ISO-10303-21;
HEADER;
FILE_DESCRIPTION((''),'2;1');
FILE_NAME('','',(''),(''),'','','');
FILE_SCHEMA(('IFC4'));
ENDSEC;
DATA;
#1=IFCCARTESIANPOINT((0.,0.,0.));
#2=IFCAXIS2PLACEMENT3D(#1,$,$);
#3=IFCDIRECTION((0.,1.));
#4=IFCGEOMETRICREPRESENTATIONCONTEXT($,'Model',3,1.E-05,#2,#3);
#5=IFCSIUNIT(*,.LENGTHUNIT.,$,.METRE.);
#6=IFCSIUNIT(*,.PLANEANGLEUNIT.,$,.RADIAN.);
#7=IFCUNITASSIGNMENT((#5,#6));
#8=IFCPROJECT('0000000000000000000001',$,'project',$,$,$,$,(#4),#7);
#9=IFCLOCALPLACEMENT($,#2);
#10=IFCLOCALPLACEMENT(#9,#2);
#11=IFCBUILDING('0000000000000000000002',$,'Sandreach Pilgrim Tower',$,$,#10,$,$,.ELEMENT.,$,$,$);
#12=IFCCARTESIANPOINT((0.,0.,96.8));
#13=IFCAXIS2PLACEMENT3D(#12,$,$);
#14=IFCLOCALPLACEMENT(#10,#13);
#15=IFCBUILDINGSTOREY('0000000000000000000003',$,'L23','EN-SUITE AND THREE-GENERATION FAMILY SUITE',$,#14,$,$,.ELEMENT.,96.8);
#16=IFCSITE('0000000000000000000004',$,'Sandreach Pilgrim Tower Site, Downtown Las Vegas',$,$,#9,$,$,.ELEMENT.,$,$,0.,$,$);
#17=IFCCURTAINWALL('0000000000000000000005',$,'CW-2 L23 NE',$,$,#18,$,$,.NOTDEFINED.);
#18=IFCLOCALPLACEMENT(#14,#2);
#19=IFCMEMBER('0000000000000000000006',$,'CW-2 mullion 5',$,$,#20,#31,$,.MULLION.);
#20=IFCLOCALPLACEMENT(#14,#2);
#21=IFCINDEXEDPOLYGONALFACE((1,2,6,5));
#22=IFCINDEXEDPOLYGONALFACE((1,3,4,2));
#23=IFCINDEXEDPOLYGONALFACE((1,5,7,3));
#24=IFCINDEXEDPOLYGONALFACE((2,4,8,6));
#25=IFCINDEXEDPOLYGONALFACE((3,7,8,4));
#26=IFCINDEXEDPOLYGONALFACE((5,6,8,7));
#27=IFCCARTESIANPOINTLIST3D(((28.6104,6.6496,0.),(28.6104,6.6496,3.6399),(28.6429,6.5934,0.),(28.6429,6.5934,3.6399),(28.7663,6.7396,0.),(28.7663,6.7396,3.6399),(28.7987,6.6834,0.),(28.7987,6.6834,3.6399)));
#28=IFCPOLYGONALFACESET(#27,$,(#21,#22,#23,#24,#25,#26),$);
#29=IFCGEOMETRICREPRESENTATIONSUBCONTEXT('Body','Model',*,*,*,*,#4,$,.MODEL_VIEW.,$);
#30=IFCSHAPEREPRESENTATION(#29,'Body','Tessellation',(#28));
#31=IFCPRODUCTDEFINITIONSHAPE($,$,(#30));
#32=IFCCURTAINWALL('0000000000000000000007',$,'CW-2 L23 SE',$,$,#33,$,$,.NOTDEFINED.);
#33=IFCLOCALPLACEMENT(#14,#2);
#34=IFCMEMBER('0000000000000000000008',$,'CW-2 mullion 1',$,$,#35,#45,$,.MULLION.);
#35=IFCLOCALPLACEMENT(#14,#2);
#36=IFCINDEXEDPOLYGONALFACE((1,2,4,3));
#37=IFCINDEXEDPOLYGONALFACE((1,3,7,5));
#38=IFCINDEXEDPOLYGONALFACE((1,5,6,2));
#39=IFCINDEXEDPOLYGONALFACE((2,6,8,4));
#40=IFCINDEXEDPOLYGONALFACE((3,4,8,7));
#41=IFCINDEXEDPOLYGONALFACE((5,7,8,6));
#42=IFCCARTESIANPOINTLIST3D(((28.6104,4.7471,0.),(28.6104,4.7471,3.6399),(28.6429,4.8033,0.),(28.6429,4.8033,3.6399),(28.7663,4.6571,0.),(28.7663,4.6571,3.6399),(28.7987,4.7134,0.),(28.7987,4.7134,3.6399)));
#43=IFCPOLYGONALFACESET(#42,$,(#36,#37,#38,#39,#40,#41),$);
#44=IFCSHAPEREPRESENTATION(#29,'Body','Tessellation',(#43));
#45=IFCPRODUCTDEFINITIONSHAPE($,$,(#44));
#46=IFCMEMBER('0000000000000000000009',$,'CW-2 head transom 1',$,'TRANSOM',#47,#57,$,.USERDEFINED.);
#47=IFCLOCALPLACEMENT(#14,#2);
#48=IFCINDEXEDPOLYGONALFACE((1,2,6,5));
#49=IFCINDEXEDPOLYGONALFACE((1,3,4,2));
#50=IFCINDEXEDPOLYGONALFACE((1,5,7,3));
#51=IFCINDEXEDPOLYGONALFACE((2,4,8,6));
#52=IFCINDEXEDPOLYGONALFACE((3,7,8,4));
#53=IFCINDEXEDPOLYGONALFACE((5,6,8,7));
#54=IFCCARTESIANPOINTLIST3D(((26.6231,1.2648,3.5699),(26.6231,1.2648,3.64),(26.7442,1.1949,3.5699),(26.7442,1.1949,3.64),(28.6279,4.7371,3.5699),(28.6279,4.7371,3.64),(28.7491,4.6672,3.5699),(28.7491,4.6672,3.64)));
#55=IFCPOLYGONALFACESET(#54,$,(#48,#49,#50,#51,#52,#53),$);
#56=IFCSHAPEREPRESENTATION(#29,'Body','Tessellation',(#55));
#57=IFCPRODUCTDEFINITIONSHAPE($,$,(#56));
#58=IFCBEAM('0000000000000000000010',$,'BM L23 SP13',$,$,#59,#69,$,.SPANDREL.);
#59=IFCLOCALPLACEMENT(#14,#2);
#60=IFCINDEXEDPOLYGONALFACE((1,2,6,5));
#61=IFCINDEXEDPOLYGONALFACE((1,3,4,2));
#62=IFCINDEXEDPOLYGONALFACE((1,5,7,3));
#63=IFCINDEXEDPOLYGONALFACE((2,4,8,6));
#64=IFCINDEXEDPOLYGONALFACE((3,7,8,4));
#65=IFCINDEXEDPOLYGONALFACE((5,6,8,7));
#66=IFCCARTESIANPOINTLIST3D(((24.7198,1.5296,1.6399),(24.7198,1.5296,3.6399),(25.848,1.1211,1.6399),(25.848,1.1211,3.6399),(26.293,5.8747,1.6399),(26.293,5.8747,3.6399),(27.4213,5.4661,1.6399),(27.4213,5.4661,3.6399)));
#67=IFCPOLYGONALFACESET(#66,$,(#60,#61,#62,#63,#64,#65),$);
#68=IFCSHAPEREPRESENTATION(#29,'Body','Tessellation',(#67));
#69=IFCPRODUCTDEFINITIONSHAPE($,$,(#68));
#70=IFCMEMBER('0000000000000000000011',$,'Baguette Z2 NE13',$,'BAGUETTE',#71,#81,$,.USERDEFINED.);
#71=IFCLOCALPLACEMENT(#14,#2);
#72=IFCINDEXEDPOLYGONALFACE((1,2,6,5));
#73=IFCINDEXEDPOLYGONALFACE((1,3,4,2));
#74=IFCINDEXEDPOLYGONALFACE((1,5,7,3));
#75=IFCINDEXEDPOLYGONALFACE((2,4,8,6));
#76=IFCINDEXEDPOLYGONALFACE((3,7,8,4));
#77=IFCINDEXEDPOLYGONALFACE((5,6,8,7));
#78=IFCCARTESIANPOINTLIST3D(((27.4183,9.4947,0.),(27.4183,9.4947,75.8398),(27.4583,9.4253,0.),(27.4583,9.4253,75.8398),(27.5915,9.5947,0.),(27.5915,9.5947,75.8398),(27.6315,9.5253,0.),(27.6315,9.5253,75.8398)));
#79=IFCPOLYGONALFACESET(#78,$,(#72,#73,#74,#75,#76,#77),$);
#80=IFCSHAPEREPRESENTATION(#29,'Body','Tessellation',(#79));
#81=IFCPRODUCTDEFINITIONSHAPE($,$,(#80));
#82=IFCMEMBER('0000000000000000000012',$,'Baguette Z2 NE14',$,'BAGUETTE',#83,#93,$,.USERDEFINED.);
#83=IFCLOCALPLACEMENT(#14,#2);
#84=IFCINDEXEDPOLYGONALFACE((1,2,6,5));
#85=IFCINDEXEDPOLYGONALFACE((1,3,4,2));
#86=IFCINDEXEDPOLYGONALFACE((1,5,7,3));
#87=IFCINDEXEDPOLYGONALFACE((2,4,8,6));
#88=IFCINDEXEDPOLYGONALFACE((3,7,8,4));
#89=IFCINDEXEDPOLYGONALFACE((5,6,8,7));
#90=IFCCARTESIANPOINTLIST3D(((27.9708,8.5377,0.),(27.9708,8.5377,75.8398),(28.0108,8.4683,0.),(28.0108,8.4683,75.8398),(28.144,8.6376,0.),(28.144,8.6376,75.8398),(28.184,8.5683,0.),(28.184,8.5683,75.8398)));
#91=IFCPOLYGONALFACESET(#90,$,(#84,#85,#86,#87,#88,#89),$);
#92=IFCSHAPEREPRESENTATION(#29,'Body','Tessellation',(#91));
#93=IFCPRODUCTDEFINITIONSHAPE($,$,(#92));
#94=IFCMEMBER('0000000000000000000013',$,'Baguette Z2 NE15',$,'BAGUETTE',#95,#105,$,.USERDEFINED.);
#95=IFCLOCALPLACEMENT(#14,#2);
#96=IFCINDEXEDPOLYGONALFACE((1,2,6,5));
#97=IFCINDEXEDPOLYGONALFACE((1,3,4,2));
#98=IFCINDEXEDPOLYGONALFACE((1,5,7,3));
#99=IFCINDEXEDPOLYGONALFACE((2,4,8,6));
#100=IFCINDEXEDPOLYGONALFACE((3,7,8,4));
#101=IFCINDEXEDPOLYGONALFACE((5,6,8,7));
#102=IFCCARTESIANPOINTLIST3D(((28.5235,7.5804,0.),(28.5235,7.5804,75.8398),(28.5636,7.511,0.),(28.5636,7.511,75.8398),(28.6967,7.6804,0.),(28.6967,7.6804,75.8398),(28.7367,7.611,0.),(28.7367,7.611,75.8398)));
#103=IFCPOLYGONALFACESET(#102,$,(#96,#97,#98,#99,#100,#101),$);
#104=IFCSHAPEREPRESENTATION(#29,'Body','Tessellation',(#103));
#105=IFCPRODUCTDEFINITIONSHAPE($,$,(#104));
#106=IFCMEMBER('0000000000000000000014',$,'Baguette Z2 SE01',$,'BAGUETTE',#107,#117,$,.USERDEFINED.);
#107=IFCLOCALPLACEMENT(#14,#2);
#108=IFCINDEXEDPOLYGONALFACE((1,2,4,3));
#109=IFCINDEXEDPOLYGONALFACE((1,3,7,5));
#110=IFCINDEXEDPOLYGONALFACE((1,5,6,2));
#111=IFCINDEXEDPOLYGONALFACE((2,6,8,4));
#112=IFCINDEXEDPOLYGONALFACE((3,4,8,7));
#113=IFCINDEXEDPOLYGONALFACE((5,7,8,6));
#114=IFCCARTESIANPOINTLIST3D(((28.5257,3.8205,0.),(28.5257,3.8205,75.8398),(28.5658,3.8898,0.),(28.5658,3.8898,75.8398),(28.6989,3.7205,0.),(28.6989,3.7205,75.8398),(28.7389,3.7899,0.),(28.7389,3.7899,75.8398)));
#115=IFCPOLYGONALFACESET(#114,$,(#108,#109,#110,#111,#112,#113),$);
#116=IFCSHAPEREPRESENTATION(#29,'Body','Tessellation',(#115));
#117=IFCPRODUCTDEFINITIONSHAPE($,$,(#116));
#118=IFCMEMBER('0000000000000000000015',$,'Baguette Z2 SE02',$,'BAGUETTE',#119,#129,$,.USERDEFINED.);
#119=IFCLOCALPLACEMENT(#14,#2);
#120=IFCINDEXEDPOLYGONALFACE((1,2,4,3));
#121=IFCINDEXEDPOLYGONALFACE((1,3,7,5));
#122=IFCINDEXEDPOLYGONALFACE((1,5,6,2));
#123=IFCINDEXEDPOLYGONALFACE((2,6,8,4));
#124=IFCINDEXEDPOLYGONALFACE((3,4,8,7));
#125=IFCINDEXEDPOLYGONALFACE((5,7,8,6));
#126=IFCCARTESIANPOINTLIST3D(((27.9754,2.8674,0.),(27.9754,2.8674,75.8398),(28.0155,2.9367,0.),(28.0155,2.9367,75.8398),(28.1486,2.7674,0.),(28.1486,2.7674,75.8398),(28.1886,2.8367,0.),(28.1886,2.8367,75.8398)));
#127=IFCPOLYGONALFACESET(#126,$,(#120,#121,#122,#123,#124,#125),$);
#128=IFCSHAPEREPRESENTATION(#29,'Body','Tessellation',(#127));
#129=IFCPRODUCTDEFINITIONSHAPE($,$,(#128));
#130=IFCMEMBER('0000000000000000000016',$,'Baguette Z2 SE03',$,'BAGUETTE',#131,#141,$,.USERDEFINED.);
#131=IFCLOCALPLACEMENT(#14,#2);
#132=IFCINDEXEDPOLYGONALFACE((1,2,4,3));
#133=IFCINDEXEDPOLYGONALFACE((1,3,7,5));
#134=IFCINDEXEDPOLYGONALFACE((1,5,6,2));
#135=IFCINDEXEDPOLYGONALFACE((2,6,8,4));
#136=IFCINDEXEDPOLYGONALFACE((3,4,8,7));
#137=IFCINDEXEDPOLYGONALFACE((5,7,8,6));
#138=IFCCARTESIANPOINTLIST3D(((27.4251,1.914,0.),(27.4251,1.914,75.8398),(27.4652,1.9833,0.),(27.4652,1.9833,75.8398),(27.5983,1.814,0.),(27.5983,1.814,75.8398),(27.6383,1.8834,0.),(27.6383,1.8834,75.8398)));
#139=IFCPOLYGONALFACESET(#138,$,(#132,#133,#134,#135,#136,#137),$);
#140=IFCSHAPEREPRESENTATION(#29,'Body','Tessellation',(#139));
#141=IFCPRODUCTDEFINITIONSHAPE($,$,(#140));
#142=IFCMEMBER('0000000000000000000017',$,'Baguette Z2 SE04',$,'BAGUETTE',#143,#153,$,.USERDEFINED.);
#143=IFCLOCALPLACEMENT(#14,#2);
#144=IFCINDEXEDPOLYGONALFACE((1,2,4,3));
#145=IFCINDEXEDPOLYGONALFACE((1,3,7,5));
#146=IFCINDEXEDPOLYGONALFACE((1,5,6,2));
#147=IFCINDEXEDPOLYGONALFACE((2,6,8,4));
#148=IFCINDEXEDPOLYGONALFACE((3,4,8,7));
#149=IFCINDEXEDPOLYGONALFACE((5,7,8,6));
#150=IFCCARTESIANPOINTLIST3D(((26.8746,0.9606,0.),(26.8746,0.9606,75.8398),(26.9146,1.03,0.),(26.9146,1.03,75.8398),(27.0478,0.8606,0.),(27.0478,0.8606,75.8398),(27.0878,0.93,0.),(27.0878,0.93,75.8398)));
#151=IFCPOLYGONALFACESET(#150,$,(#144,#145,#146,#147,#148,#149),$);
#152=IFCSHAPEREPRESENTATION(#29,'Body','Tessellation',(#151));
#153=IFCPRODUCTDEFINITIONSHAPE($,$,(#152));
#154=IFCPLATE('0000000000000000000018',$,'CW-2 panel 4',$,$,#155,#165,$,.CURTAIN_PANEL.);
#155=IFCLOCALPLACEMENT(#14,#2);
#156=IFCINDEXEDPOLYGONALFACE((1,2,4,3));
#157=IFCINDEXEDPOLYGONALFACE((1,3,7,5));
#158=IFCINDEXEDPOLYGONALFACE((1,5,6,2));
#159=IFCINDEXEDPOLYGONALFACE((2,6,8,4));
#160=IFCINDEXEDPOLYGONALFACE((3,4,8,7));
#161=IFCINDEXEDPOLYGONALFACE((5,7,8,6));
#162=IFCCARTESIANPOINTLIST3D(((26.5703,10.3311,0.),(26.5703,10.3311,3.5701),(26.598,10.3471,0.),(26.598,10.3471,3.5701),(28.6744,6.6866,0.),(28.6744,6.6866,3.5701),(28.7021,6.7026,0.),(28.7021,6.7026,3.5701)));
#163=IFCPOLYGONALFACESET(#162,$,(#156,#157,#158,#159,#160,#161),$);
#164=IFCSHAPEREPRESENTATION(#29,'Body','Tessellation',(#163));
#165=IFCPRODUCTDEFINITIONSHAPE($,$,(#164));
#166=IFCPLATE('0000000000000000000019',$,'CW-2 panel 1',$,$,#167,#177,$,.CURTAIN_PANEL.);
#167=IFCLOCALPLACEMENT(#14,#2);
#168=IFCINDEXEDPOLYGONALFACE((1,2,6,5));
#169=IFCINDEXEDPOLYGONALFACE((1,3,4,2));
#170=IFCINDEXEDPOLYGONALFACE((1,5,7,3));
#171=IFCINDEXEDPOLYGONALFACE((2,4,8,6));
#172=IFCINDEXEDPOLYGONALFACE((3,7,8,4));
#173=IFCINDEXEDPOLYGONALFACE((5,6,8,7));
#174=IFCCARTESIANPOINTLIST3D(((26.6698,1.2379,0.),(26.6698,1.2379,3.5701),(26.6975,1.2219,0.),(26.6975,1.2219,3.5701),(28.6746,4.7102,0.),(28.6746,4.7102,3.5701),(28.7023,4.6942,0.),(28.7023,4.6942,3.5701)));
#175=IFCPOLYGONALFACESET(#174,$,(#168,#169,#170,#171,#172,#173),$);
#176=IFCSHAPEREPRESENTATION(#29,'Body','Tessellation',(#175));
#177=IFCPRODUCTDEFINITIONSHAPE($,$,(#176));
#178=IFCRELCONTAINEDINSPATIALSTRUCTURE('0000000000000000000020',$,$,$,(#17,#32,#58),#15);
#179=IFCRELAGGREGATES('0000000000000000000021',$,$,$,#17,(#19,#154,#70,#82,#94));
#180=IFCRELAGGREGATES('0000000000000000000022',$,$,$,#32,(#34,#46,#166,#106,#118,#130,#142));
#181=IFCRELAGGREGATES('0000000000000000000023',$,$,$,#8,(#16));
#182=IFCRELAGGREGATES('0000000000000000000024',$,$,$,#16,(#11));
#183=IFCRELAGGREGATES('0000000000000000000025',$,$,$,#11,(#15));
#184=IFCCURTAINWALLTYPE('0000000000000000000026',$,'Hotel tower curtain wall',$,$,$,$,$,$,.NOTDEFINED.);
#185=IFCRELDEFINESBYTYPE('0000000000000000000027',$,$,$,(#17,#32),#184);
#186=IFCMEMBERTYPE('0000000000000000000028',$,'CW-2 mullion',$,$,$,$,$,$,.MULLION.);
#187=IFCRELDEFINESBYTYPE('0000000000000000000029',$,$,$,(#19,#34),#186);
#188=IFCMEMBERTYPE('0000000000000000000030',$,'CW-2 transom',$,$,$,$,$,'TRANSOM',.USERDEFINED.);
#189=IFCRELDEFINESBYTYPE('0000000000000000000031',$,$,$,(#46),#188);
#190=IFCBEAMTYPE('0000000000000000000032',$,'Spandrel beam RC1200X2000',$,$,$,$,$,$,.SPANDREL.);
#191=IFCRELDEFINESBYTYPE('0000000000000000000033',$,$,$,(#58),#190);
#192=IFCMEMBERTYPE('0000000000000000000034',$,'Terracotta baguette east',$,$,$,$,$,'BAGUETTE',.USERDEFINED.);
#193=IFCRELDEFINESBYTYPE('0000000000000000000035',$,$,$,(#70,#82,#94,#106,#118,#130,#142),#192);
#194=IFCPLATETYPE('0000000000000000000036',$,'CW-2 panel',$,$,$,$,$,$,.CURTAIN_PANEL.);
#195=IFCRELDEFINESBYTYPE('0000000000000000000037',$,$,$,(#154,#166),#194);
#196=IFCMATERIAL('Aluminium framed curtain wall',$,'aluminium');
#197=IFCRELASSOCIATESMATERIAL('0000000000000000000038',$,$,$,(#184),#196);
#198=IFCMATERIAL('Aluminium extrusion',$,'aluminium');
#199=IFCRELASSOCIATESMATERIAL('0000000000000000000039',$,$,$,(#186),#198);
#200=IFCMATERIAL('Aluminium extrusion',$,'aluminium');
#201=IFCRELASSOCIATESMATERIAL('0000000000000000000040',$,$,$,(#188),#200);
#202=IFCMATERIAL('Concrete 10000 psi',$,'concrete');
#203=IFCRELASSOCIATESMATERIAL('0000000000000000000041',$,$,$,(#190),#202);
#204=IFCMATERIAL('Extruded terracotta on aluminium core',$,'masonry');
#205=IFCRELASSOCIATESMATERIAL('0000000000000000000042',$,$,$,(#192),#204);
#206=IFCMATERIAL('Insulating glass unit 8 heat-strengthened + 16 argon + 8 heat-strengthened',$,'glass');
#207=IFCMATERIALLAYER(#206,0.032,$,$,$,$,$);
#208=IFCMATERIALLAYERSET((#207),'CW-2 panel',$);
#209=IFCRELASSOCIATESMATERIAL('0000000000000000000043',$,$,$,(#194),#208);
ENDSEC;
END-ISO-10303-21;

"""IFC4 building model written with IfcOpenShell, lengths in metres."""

from ifc_helpers import new_model, si_unit, direction, frame, origin, origin_2d, place, context, subcontext, project, spatial, rectangle, extrude, material, layer, layer_set, material_profile, profile_set, type_object, element, aggregate, save


model = new_model("IFC4")

# Units and contexts
model_context = context("Model", 3, precision=1e-05, world=origin(), true_north=direction((0.0, 1.0)))
body_context = subcontext(model_context, "Body", "Model", "MODEL_VIEW")
ifc_project = project(units=[si_unit("LENGTHUNIT", "METRE"), si_unit("PLANEANGLEUNIT", "RADIAN")], contexts=[model_context])

# Site, building, storey
site_placement = place(None, origin())
site = spatial("IfcSite", under=ifc_project, at=site_placement, Name="Sandreach Pilgrim Tower Site, Downtown Las Vegas", CompositionType="ELEMENT", RefElevation=0.0)
building_placement = place(site_placement, origin())
building = spatial("IfcBuilding", under=site, at=building_placement, Name="Sandreach Pilgrim Tower", CompositionType="ELEMENT")
storey_placement = place(building_placement, frame((0.0, 0.0, 96.8)))
storey = spatial("IfcBuildingStorey", under=building, at=storey_placement, Name="L23", Description="EN-SUITE AND THREE-GENERATION FAMILY SUITE", CompositionType="ELEMENT", Elevation=96.8)

# Curtain wall, member
ifc_material_1 = material(Name="Aluminium framed curtain wall", Category="aluminium")
curtain_wall_type = type_object("IfcCurtainWallType", Name="Hotel tower curtain wall", PredefinedType="NOTDEFINED", material=ifc_material_1)
curtain_wall_1_placement = place(storey_placement, origin())
curtain_wall_1 = element("IfcCurtainWall", 1, at=curtain_wall_1_placement, inside=storey, type_object=curtain_wall_type, Name="CW-2 L23 NE", PredefinedType="NOTDEFINED")
ifc_material_2 = material(Name="Aluminium extrusion", Category="aluminium")
ifc_material_profile_1 = material_profile(ifc_material_2, rectangle(XDim=0.0649, YDim=0.1799, at=origin_2d()), Name="CW-2M 65X180")
ifc_profile_set_1 = profile_set([ifc_material_profile_1], Name="Aluminium extrusion")
member_type_1 = type_object("IfcMemberType", Name="CW-2 mullion", PredefinedType="MULLION", material=ifc_profile_set_1)
member_1_placement = place(storey_placement, frame((28.7046, 6.6665, 0.0), z_axis=(0.0, 0.0, 1.0), x_axis=(0.5, -0.866025, 0.0)))
member_1 = element("IfcMember", 2, at=member_1_placement, type_object=member_type_1, Name="CW-2 mullion 5", PredefinedType="MULLION", context=body_context, shape_type="SweptSolid", body=[
    extrude(rectangle(XDim=0.0649, YDim=0.1799, at=origin_2d()), origin(), (0.0, 0.0, 1.0), 3.6399),
])

# Curtain wall, members
curtain_wall_2_placement = place(storey_placement, origin())
curtain_wall_2 = element("IfcCurtainWall", 3, at=curtain_wall_2_placement, inside=storey, type_object=curtain_wall_type, Name="CW-2 L23 SE", PredefinedType="NOTDEFINED")
member_2_placement = place(storey_placement, frame((28.7046, 4.7302, 0.0), z_axis=(0.0, 0.0, 1.0), x_axis=(-0.5, -0.866025, 0.0)))
member_2 = element("IfcMember", 4, at=member_2_placement, type_object=member_type_1, Name="CW-2 mullion 1", PredefinedType="MULLION", context=body_context, shape_type="SweptSolid", body=[
    extrude(rectangle(XDim=0.0649, YDim=0.1799, at=origin_2d()), origin(), (0.0, 0.0, 1.0), 3.6399),
])
ifc_material_3 = material(Name="Aluminium extrusion", Category="aluminium")
ifc_material_profile_2 = material_profile(ifc_material_3, rectangle(XDim=0.1399, YDim=0.0701, at=origin_2d()), Name="CW-2T 140X70")
ifc_profile_set_2 = profile_set([ifc_material_profile_2], Name="Aluminium extrusion")
member_type_2 = type_object("IfcMemberType", Name="CW-2 transom", ElementType="TRANSOM", PredefinedType="USERDEFINED", material=ifc_profile_set_2)
member_3_placement = place(storey_placement, frame((28.6885, 4.7021, 3.605), z_axis=(-0.500016, -0.866016, 0.0), x_axis=(0.866016, -0.500016, 0.0)))
member_3 = element("IfcMember", 5, at=member_3_placement, type_object=member_type_2, Name="CW-2 head transom 1", ObjectType="TRANSOM", PredefinedType="USERDEFINED", context=body_context, shape_type="SweptSolid", body=[
    extrude(rectangle(XDim=0.1399, YDim=0.0701, at=origin_2d()), origin(), (0.0, 0.0, 1.0), 4.0095),
])

# Beam
ifc_material_4 = material(Name="Concrete 10000 psi", Category="concrete")
ifc_material_profile_3 = material_profile(ifc_material_4, rectangle(XDim=1.2, YDim=2.0, at=origin_2d()), Name="RC1200X2000")
ifc_profile_set_3 = profile_set([ifc_material_profile_3], Name="Concrete 10000 psi")
beam_type = type_object("IfcBeamType", Name="Spandrel beam RC1200X2000", PredefinedType="SPANDREL", material=ifc_profile_set_3)
beam_placement = place(storey_placement, frame((26.8572, 5.6704, 2.6399), z_axis=(-0.340453, -0.940261, 0.0), x_axis=(0.940261, -0.340453, 0.0)))
element("IfcBeam", 6, at=beam_placement, inside=storey, type_object=beam_type, Name="BM L23 SP13", PredefinedType="SPANDREL", context=body_context, shape_type="SweptSolid", body=[
    extrude(rectangle(XDim=1.2, YDim=2.0, at=origin_2d()), origin(), (0.0, 0.0, 1.0), 4.6211),
])

# Members
ifc_material_5 = material(Name="Extruded terracotta on aluminium core", Category="masonry")
ifc_material_profile_4 = material_profile(ifc_material_5, rectangle(XDim=0.0801, YDim=0.2, at=origin_2d()), Name="TBE 80X200")
ifc_profile_set_4 = profile_set([ifc_material_profile_4], Name="Extruded terracotta on aluminium core")
member_type_3 = type_object("IfcMemberType", Name="Terracotta baguette east", ElementType="BAGUETTE", PredefinedType="USERDEFINED", material=ifc_profile_set_4)
member_4_placement = place(storey_placement, frame((27.5249, 9.51, 0.0), z_axis=(0.0, 0.0, 1.0), x_axis=(0.5, -0.866025, 0.0)))
member_4 = element("IfcMember", 7, at=member_4_placement, type_object=member_type_3, Name="Baguette Z2 NE13", ObjectType="BAGUETTE", PredefinedType="USERDEFINED", context=body_context, shape_type="SweptSolid", body=[
    extrude(rectangle(XDim=0.0801, YDim=0.2, at=origin_2d()), origin(), (0.0, 0.0, 1.0), 75.8398),
])
member_5_placement = place(storey_placement, frame((28.0774, 8.553, 0.0), z_axis=(0.0, 0.0, 1.0), x_axis=(0.5, -0.866025, 0.0)))
member_5 = element("IfcMember", 8, at=member_5_placement, type_object=member_type_3, Name="Baguette Z2 NE14", ObjectType="BAGUETTE", PredefinedType="USERDEFINED", context=body_context, shape_type="SweptSolid", body=[
    extrude(rectangle(XDim=0.0801, YDim=0.2, at=origin_2d()), origin(), (0.0, 0.0, 1.0), 75.8398),
])
member_6_placement = place(storey_placement, frame((28.6301, 7.5957, 0.0), z_axis=(0.0, 0.0, 1.0), x_axis=(0.5, -0.866025, 0.0)))
member_6 = element("IfcMember", 9, at=member_6_placement, type_object=member_type_3, Name="Baguette Z2 NE15", ObjectType="BAGUETTE", PredefinedType="USERDEFINED", context=body_context, shape_type="SweptSolid", body=[
    extrude(rectangle(XDim=0.0801, YDim=0.2, at=origin_2d()), origin(), (0.0, 0.0, 1.0), 75.8398),
])
member_7_placement = place(storey_placement, frame((28.6323, 3.8052, 0.0), z_axis=(0.0, 0.0, 1.0), x_axis=(-0.5, -0.866025, 0.0)))
member_7 = element("IfcMember", 10, at=member_7_placement, type_object=member_type_3, Name="Baguette Z2 SE01", ObjectType="BAGUETTE", PredefinedType="USERDEFINED", context=body_context, shape_type="SweptSolid", body=[
    extrude(rectangle(XDim=0.0801, YDim=0.2, at=origin_2d()), origin(), (0.0, 0.0, 1.0), 75.8398),
])
member_8_placement = place(storey_placement, frame((28.082, 2.8521, 0.0), z_axis=(0.0, 0.0, 1.0), x_axis=(-0.5, -0.866025, 0.0)))
member_8 = element("IfcMember", 11, at=member_8_placement, type_object=member_type_3, Name="Baguette Z2 SE02", ObjectType="BAGUETTE", PredefinedType="USERDEFINED", context=body_context, shape_type="SweptSolid", body=[
    extrude(rectangle(XDim=0.0801, YDim=0.2, at=origin_2d()), origin(), (0.0, 0.0, 1.0), 75.8398),
])
member_9_placement = place(storey_placement, frame((27.5317, 1.8987, 0.0), z_axis=(0.0, 0.0, 1.0), x_axis=(-0.5, -0.866025, 0.0)))
member_9 = element("IfcMember", 12, at=member_9_placement, type_object=member_type_3, Name="Baguette Z2 SE03", ObjectType="BAGUETTE", PredefinedType="USERDEFINED", context=body_context, shape_type="SweptSolid", body=[
    extrude(rectangle(XDim=0.0801, YDim=0.2, at=origin_2d()), origin(), (0.0, 0.0, 1.0), 75.8398),
])
member_10_placement = place(storey_placement, frame((26.9812, 0.9453, 0.0), z_axis=(0.0, 0.0, 1.0), x_axis=(-0.5, -0.866025, 0.0)))
member_10 = element("IfcMember", 13, at=member_10_placement, type_object=member_type_3, Name="Baguette Z2 SE04", ObjectType="BAGUETTE", PredefinedType="USERDEFINED", context=body_context, shape_type="SweptSolid", body=[
    extrude(rectangle(XDim=0.0801, YDim=0.2, at=origin_2d()), origin(), (0.0, 0.0, 1.0), 75.8398),
])

# Plates
ifc_material_6 = material(Name="Insulating glass unit 8 heat-strengthened + 16 argon + 8 heat-strengthened", Category="glass")
ifc_layer_1 = layer(ifc_material_6, 0.032)
ifc_layer_set_1 = layer_set([ifc_layer_1], Name="CW-2 panel")
plate_type = type_object("IfcPlateType", Name="CW-2 panel", PredefinedType="CURTAIN_PANEL", material=ifc_layer_set_1)
plate_1_placement = place(storey_placement, frame((27.6362, 8.5168, 0.0), z_axis=(0.0, 0.0, 1.0), x_axis=(0.5, -0.866025, 0.0)))
plate_1 = element("IfcPlate", 14, at=plate_1_placement, type_object=plate_type, Name="CW-2 panel 4", PredefinedType="CURTAIN_PANEL", context=body_context, shape_type="SweptSolid", body=[
    extrude(rectangle(XDim=4.2083, YDim=0.032, at=origin_2d()), origin(), (0.0, 0.0, 1.0), 3.5701),
])
aggregate(curtain_wall_1, [member_1, plate_1, member_4, member_5, member_6])
plate_2_placement = place(storey_placement, frame((27.686, 2.9661, 0.0), z_axis=(0.0, 0.0, 1.0), x_axis=(-0.5, -0.866025, 0.0)))
plate_2 = element("IfcPlate", 15, at=plate_2_placement, type_object=plate_type, Name="CW-2 panel 1", PredefinedType="CURTAIN_PANEL", context=body_context, shape_type="SweptSolid", body=[
    extrude(rectangle(XDim=4.0095, YDim=0.032, at=origin_2d()), origin(), (0.0, 0.0, 1.0), 3.5701),
])
aggregate(curtain_wall_2, [member_2, member_3, plate_2, member_7, member_8, member_9, member_10])

save(model, "model.ifc")
